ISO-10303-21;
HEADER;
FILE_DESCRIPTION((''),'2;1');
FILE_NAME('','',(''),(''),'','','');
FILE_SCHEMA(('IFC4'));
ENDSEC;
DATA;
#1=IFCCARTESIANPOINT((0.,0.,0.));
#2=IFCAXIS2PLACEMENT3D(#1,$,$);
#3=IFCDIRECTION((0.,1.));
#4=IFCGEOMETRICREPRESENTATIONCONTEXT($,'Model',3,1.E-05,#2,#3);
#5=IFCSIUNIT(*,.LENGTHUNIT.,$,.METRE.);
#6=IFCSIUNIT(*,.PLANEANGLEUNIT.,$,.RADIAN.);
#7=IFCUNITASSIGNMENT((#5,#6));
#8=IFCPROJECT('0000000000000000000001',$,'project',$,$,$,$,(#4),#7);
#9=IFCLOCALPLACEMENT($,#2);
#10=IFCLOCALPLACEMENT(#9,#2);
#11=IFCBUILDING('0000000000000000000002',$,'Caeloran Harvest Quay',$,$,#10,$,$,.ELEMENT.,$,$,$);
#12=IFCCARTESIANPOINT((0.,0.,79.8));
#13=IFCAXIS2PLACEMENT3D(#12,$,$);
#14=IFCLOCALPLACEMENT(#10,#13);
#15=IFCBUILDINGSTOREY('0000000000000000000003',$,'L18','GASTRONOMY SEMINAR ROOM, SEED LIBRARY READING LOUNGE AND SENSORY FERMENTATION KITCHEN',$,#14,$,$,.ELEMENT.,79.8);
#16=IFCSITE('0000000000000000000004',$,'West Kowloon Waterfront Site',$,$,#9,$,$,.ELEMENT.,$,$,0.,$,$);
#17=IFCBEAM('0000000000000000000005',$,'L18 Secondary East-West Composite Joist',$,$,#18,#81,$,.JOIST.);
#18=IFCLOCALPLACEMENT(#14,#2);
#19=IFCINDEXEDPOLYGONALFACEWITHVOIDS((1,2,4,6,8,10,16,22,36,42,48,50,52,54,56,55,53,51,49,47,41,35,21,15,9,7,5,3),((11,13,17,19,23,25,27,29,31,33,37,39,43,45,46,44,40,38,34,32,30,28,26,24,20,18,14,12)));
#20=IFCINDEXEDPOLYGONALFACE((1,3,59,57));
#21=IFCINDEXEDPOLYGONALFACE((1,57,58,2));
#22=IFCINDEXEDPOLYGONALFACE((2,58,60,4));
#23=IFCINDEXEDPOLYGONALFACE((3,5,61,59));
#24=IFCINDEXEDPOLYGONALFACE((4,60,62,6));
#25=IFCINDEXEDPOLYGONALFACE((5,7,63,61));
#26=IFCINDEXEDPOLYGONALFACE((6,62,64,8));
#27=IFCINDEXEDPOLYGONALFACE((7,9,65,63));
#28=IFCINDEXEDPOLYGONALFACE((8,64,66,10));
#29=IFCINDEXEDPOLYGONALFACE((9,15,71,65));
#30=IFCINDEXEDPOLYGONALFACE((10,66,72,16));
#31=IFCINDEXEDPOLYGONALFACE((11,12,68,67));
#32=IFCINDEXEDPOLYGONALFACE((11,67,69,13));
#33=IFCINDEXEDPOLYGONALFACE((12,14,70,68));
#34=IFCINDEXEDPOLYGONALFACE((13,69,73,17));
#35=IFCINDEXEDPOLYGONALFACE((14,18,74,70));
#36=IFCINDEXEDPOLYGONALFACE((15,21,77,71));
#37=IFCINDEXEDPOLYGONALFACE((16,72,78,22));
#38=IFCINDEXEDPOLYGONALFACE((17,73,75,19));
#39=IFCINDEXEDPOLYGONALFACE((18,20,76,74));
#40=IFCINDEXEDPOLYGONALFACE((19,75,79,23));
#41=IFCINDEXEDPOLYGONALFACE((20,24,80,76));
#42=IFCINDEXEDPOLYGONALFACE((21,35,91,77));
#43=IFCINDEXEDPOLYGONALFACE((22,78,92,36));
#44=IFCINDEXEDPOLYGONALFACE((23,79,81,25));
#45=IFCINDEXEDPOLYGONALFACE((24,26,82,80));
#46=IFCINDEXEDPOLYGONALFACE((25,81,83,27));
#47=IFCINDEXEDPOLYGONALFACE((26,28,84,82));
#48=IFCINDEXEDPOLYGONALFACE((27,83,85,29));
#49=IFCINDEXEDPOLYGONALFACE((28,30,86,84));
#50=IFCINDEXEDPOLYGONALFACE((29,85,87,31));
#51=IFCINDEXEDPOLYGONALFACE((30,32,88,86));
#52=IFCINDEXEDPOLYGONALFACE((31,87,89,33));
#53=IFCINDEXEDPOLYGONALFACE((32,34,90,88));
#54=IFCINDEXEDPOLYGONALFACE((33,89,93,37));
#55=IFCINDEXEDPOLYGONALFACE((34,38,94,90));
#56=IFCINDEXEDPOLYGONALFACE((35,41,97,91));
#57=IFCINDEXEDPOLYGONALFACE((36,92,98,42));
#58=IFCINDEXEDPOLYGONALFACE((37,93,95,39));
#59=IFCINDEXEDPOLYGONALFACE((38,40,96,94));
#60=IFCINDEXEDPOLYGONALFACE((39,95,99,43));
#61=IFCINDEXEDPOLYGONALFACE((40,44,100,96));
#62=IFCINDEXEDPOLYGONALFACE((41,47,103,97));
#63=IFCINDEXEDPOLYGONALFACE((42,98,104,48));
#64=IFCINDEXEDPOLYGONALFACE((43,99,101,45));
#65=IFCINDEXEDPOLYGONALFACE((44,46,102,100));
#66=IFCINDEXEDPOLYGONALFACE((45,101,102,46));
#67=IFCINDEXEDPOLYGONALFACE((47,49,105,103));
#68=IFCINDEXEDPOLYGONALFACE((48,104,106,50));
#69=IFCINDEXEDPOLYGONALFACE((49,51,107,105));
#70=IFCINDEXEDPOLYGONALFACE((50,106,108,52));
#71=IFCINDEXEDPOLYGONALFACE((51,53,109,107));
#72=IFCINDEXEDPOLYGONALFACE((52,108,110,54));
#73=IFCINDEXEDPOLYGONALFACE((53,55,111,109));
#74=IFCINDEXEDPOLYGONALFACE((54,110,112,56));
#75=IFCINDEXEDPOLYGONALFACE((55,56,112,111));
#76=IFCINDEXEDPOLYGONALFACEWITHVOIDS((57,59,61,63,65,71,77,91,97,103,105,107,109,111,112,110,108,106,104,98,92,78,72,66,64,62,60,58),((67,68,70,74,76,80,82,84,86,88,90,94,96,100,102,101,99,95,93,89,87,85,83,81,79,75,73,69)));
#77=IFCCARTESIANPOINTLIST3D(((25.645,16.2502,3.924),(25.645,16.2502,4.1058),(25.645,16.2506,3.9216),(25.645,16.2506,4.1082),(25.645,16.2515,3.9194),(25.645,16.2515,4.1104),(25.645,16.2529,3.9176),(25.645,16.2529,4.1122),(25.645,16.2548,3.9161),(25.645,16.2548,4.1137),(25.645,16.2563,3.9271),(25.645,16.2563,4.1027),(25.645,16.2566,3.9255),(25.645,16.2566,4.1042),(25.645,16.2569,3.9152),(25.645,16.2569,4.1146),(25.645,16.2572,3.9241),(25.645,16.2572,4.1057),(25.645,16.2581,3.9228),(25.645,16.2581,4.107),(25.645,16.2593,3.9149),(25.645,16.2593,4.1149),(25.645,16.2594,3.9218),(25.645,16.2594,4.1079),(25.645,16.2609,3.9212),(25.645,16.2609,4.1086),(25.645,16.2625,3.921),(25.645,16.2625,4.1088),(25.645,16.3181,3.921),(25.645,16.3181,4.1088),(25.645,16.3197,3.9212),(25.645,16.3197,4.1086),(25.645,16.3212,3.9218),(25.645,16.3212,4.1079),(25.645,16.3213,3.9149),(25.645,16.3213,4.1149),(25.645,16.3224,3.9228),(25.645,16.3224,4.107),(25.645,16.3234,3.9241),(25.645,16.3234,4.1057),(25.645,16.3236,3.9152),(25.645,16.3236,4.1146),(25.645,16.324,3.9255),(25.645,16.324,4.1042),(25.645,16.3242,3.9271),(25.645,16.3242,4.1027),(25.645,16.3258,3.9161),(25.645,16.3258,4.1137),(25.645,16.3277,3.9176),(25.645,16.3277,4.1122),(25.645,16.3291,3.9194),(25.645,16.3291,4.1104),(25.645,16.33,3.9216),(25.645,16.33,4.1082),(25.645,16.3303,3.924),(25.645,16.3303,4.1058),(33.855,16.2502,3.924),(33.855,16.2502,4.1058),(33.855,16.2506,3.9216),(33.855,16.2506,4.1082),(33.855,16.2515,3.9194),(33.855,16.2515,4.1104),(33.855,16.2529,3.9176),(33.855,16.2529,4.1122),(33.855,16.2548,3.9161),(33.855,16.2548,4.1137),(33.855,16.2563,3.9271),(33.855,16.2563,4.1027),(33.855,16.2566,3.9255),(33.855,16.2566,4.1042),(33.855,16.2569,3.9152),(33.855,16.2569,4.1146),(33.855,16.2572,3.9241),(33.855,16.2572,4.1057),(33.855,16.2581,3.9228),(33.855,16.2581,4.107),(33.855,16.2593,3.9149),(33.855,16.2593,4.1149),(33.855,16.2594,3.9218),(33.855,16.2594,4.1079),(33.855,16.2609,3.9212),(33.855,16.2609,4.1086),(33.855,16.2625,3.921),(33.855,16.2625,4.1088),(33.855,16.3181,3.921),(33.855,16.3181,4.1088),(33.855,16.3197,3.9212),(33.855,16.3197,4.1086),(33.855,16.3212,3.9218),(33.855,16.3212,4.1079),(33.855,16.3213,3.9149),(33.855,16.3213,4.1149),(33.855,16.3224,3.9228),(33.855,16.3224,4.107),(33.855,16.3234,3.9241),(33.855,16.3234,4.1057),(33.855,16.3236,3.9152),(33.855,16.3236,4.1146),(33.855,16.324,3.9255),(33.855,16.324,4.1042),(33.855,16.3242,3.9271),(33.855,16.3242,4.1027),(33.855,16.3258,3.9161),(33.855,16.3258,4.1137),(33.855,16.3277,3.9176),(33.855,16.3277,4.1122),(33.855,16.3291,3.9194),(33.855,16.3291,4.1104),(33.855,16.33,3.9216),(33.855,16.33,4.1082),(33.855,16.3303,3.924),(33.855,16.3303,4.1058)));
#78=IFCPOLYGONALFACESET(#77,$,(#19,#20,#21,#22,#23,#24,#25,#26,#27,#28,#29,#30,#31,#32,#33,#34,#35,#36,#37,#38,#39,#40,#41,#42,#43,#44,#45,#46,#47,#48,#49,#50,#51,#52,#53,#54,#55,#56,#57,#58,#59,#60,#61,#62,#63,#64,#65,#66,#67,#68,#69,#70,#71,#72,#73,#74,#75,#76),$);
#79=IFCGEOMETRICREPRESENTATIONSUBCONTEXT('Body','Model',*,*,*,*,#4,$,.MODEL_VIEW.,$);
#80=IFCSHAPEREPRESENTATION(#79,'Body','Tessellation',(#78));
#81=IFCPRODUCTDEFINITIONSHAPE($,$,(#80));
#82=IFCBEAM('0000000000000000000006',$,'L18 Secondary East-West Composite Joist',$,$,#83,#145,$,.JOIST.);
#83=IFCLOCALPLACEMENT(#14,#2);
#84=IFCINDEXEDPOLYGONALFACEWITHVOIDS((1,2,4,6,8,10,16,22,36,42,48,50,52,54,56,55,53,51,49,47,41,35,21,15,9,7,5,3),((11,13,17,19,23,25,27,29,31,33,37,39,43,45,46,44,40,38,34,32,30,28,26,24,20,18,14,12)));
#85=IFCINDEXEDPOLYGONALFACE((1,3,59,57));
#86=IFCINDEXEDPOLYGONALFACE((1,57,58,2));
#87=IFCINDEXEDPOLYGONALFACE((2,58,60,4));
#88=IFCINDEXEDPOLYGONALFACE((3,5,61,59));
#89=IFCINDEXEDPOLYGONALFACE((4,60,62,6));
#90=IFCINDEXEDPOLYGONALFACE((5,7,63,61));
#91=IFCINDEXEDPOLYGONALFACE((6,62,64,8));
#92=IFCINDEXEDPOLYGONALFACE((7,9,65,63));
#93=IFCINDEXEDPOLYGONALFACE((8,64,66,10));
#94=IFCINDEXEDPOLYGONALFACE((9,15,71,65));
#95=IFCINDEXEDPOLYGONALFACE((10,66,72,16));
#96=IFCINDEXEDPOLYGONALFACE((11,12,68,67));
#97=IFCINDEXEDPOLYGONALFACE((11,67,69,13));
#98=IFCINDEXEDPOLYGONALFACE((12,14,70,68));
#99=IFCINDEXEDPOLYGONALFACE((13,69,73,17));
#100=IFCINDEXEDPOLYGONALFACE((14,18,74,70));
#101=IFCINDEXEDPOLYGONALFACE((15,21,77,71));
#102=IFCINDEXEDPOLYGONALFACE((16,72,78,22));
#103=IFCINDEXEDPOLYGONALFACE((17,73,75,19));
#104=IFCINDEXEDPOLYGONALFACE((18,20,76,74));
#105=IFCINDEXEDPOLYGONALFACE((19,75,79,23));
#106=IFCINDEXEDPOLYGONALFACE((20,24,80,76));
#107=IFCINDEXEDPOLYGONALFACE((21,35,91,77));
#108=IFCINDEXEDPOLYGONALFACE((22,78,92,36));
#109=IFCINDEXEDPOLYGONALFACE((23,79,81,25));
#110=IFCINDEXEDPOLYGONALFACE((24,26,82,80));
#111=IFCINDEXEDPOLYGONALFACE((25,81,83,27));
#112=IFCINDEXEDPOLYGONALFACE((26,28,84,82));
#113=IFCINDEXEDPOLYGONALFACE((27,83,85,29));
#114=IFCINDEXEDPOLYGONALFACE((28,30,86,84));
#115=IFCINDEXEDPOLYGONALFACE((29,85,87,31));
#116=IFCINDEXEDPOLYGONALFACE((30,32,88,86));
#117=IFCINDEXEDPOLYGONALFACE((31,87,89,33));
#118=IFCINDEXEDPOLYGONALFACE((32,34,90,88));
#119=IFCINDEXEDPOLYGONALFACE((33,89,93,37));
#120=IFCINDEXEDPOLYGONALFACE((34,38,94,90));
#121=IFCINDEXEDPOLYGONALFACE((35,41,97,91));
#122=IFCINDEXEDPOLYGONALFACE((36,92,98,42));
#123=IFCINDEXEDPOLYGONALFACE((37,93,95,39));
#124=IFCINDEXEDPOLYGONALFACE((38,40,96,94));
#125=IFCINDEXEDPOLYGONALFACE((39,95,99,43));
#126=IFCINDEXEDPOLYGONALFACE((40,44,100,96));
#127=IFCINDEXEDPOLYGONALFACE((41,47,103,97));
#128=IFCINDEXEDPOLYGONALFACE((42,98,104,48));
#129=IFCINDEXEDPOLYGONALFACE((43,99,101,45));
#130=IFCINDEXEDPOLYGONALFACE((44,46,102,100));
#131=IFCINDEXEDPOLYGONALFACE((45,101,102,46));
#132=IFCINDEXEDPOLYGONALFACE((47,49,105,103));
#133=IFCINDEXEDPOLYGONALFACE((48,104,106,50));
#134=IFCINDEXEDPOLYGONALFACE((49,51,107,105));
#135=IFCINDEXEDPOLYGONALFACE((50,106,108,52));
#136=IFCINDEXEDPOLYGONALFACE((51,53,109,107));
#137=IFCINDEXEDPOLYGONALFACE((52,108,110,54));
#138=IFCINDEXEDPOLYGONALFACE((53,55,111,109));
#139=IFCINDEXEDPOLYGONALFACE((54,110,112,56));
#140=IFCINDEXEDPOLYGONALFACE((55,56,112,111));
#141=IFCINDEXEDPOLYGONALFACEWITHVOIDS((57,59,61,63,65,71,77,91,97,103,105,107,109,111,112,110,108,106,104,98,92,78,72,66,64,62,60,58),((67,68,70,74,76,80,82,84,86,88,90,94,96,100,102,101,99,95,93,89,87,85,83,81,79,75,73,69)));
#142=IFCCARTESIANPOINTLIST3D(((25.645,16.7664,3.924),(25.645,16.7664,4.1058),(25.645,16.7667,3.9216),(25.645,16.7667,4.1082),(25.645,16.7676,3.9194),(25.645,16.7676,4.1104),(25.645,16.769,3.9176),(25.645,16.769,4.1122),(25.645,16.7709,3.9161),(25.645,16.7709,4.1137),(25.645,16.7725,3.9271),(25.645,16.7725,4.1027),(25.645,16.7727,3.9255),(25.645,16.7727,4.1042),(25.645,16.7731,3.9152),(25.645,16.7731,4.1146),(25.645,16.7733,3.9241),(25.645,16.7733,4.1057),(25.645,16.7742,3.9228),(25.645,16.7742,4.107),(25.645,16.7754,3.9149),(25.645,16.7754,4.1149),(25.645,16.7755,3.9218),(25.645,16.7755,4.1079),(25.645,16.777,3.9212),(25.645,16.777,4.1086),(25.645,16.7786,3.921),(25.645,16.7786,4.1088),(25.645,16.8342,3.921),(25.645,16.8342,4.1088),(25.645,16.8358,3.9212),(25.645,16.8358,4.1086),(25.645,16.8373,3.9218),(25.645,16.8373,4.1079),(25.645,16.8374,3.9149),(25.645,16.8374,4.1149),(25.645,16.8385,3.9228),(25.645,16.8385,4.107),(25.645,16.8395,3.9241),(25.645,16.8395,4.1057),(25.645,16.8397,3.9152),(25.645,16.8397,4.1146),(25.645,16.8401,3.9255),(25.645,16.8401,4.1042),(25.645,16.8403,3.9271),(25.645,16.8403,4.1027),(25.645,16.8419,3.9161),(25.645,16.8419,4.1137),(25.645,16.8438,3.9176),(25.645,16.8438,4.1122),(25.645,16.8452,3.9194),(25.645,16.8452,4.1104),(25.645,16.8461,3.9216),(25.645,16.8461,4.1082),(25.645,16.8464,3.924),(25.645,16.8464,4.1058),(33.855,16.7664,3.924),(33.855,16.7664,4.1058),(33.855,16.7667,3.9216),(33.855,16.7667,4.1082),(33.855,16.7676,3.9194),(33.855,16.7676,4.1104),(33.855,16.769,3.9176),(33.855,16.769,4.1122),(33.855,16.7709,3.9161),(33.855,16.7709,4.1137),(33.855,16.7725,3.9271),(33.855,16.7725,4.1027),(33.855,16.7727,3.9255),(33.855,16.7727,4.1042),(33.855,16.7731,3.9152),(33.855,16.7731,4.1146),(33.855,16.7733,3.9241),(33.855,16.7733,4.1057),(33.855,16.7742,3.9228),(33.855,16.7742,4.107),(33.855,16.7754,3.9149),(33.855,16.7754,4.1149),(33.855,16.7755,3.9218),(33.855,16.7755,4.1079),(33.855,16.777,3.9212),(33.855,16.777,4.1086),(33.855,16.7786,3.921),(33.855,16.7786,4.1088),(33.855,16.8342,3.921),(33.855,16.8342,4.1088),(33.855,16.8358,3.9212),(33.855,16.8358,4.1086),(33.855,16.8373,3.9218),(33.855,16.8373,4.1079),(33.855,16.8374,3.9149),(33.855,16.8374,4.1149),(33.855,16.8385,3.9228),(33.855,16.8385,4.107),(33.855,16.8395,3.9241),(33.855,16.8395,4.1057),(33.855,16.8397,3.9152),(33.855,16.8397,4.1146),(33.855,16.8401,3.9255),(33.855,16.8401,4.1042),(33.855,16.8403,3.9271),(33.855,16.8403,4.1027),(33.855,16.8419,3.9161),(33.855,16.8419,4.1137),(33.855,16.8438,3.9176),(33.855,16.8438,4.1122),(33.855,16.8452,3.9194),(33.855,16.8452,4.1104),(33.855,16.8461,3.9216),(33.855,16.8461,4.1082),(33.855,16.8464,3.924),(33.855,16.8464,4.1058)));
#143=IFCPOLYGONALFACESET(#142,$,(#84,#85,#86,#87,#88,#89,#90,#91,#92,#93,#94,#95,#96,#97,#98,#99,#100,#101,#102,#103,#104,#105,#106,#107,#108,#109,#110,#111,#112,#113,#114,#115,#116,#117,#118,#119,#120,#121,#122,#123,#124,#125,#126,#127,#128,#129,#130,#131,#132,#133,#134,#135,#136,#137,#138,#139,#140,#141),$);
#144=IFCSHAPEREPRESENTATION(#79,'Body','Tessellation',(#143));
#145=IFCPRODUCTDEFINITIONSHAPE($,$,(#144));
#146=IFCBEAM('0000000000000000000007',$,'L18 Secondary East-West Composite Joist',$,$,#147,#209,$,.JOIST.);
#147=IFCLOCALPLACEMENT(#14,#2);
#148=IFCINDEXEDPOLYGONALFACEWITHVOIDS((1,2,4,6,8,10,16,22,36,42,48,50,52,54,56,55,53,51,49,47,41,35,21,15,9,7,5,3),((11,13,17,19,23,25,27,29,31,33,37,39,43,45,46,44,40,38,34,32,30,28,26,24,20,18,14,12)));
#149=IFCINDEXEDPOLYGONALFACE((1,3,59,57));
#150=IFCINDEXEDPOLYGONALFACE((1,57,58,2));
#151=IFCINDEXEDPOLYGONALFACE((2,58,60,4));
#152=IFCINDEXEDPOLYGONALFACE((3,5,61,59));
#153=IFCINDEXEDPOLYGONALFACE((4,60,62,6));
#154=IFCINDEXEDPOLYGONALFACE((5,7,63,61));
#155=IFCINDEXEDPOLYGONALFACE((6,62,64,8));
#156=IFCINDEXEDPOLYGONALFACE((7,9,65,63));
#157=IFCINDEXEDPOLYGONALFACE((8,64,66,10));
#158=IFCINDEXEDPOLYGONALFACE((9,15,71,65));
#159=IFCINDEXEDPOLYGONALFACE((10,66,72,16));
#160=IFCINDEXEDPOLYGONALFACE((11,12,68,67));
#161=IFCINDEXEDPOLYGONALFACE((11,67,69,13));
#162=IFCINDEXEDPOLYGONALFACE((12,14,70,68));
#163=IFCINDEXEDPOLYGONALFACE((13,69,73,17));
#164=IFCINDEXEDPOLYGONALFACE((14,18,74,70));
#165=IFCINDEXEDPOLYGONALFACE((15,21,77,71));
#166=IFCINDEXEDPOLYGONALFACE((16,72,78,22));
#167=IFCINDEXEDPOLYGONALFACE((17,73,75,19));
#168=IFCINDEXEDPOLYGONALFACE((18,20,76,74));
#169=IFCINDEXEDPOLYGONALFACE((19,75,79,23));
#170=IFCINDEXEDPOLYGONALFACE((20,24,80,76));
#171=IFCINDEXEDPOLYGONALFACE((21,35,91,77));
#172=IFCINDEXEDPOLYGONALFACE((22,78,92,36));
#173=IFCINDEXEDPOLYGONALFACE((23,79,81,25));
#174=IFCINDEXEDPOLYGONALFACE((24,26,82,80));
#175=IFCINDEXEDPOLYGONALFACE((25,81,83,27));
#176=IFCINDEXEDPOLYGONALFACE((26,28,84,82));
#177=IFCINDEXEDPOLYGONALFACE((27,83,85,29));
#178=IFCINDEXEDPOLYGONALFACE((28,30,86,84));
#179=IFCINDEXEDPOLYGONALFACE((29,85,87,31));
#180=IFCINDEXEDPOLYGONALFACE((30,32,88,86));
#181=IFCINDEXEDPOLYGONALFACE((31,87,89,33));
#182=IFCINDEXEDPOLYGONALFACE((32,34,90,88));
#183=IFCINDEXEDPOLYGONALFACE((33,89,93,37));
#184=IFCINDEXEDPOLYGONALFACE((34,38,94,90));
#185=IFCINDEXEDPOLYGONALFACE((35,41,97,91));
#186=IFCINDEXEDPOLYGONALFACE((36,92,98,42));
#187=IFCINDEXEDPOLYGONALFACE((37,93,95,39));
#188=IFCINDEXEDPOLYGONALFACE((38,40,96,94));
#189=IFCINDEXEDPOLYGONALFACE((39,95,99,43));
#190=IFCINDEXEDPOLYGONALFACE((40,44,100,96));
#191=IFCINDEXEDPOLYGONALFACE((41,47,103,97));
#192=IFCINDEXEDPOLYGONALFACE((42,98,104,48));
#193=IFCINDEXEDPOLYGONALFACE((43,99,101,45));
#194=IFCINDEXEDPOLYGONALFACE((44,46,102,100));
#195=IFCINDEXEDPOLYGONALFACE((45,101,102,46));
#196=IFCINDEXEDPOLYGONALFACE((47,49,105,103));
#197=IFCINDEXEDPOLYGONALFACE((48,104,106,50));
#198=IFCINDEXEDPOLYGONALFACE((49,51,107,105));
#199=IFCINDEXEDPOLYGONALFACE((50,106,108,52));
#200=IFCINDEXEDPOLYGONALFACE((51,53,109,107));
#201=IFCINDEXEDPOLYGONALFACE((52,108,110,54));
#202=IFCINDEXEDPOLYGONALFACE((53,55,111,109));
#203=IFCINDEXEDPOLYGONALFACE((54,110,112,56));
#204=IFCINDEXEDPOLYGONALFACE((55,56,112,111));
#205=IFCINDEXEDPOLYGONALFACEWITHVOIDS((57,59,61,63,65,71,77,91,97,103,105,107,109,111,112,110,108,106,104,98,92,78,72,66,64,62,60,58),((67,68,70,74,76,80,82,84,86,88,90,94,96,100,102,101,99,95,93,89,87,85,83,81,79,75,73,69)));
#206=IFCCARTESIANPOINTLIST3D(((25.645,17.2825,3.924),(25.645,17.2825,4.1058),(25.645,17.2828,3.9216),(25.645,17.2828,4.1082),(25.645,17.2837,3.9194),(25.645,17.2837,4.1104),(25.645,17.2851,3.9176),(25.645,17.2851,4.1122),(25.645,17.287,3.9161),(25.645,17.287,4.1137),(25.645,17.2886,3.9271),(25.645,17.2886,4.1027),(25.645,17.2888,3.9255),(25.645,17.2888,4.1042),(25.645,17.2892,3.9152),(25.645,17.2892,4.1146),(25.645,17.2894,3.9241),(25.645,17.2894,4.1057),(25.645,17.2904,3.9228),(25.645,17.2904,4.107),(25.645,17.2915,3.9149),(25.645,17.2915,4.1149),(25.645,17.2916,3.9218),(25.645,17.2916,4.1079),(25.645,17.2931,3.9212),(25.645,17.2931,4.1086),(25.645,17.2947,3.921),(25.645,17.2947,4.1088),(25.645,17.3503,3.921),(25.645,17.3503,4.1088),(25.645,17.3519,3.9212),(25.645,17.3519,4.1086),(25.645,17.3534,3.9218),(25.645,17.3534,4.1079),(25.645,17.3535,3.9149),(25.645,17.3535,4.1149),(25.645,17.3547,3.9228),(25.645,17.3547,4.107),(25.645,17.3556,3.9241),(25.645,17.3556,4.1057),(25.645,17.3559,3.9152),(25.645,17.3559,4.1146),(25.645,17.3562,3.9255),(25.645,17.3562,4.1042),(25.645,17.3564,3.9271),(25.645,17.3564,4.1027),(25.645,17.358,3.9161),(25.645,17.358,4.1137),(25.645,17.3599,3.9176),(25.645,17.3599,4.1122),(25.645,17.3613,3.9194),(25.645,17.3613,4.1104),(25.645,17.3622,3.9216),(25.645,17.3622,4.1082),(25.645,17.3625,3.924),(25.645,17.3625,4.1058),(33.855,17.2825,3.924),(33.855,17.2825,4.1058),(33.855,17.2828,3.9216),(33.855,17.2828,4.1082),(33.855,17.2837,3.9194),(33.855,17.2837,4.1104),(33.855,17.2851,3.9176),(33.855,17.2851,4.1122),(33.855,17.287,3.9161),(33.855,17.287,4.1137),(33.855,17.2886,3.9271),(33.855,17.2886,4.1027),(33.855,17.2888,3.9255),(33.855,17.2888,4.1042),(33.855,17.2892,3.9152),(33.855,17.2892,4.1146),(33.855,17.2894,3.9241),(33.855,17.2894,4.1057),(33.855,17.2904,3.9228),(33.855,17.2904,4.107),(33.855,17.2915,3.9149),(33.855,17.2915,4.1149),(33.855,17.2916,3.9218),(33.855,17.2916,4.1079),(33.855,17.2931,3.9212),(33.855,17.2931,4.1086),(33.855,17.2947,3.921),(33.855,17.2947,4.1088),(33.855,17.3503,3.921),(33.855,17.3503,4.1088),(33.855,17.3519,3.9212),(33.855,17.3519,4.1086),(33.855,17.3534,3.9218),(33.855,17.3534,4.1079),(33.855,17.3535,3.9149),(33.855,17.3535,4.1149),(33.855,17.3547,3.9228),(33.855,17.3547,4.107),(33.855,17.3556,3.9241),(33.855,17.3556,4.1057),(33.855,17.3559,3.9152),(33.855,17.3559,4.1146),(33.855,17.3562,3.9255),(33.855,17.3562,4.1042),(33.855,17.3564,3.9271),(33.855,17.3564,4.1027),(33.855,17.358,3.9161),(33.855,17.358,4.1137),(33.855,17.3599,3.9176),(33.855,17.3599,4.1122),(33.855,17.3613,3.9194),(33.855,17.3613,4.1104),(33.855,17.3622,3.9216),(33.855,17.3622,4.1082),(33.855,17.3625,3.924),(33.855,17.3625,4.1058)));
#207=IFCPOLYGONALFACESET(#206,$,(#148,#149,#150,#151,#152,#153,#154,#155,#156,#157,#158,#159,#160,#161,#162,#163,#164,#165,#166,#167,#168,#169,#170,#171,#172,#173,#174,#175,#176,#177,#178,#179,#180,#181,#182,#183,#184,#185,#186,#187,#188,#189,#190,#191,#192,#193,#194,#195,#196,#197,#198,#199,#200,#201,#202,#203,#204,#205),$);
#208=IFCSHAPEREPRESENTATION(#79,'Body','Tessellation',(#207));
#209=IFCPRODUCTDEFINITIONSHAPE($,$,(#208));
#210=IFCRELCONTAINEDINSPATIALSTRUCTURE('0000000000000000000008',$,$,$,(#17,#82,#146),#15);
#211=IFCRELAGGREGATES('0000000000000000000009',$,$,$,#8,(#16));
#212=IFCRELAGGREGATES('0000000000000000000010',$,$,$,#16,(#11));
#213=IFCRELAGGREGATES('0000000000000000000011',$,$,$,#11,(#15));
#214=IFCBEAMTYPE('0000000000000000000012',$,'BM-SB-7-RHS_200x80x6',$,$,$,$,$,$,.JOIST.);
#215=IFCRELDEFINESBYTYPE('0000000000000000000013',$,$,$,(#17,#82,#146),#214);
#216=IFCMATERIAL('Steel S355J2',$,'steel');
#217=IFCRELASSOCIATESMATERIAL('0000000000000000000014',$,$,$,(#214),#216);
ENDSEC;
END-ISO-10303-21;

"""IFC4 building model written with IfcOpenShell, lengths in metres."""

from ifc_helpers import new_model, si_unit, direction, frame, origin, origin_2d, place, context, subcontext, project, spatial, hollow_rectangle, extrude, material, material_profile, profile_set, type_object, element, save


model = new_model("IFC4")

# Units and contexts
model_context = context("Model", 3, precision=1e-05, world=origin(), true_north=direction((0.0, 1.0)))
body_context = subcontext(model_context, "Body", "Model", "MODEL_VIEW")
ifc_project = project(units=[si_unit("LENGTHUNIT", "METRE"), si_unit("PLANEANGLEUNIT", "RADIAN")], contexts=[model_context])

# Site, building, storey
site_placement = place(None, origin())
site = spatial("IfcSite", under=ifc_project, at=site_placement, Name="West Kowloon Waterfront Site", CompositionType="ELEMENT", RefElevation=0.0)
building_placement = place(site_placement, origin())
building = spatial("IfcBuilding", under=site, at=building_placement, Name="Caeloran Harvest Quay", CompositionType="ELEMENT")
storey_placement = place(building_placement, frame((0.0, 0.0, 79.8)))
storey = spatial("IfcBuildingStorey", under=building, at=storey_placement, Name="L18", Description="GASTRONOMY SEMINAR ROOM, SEED LIBRARY READING LOUNGE AND SENSORY FERMENTATION KITCHEN", CompositionType="ELEMENT", Elevation=79.8)

# Beams
ifc_material_1 = material(Name="Steel S355J2", Category="steel")
ifc_material_profile_1 = material_profile(ifc_material_1, hollow_rectangle(XDim=0.0801, YDim=0.2, WallThickness=0.0061, InnerFilletRadius=0.0061, OuterFilletRadius=0.009, at=origin_2d()), Name="RHS 200x80x6")
ifc_profile_set_1 = profile_set([ifc_material_profile_1], Name="Steel S355J2")
beam_type_1 = type_object("IfcBeamType", Name="BM-SB-7-RHS_200x80x6", PredefinedType="JOIST", material=ifc_profile_set_1)
for number, where, z_axis, x_axis, name in (
    (1, (25.645, 16.2903, 4.0149), (1.0, 0.0, 0.0), (0.0, 1.0, 0.0), "L18 Secondary East-West Composite Joist"),
    (2, (25.645, 16.8064, 4.0149), (1.0, 0.0, 0.0), (0.0, 1.0, 0.0), "L18 Secondary East-West Composite Joist"),
    (3, (25.645, 17.3225, 4.0149), (1.0, 0.0, 0.0), (0.0, 1.0, 0.0), "L18 Secondary East-West Composite Joist"),
):
    element("IfcBeam", number, at=place(storey_placement, frame(where, z_axis=z_axis, x_axis=x_axis)), inside=storey, type_object=beam_type_1, Name=name, PredefinedType="JOIST", context=body_context, shape_type="SweptSolid", body=[
        extrude(hollow_rectangle(XDim=0.0801, YDim=0.2, WallThickness=0.0061, InnerFilletRadius=0.0061, OuterFilletRadius=0.009, at=origin_2d()), origin(), (0.0, 0.0, 1.0), 8.21),
    ])

save(model, "model.ifc")
